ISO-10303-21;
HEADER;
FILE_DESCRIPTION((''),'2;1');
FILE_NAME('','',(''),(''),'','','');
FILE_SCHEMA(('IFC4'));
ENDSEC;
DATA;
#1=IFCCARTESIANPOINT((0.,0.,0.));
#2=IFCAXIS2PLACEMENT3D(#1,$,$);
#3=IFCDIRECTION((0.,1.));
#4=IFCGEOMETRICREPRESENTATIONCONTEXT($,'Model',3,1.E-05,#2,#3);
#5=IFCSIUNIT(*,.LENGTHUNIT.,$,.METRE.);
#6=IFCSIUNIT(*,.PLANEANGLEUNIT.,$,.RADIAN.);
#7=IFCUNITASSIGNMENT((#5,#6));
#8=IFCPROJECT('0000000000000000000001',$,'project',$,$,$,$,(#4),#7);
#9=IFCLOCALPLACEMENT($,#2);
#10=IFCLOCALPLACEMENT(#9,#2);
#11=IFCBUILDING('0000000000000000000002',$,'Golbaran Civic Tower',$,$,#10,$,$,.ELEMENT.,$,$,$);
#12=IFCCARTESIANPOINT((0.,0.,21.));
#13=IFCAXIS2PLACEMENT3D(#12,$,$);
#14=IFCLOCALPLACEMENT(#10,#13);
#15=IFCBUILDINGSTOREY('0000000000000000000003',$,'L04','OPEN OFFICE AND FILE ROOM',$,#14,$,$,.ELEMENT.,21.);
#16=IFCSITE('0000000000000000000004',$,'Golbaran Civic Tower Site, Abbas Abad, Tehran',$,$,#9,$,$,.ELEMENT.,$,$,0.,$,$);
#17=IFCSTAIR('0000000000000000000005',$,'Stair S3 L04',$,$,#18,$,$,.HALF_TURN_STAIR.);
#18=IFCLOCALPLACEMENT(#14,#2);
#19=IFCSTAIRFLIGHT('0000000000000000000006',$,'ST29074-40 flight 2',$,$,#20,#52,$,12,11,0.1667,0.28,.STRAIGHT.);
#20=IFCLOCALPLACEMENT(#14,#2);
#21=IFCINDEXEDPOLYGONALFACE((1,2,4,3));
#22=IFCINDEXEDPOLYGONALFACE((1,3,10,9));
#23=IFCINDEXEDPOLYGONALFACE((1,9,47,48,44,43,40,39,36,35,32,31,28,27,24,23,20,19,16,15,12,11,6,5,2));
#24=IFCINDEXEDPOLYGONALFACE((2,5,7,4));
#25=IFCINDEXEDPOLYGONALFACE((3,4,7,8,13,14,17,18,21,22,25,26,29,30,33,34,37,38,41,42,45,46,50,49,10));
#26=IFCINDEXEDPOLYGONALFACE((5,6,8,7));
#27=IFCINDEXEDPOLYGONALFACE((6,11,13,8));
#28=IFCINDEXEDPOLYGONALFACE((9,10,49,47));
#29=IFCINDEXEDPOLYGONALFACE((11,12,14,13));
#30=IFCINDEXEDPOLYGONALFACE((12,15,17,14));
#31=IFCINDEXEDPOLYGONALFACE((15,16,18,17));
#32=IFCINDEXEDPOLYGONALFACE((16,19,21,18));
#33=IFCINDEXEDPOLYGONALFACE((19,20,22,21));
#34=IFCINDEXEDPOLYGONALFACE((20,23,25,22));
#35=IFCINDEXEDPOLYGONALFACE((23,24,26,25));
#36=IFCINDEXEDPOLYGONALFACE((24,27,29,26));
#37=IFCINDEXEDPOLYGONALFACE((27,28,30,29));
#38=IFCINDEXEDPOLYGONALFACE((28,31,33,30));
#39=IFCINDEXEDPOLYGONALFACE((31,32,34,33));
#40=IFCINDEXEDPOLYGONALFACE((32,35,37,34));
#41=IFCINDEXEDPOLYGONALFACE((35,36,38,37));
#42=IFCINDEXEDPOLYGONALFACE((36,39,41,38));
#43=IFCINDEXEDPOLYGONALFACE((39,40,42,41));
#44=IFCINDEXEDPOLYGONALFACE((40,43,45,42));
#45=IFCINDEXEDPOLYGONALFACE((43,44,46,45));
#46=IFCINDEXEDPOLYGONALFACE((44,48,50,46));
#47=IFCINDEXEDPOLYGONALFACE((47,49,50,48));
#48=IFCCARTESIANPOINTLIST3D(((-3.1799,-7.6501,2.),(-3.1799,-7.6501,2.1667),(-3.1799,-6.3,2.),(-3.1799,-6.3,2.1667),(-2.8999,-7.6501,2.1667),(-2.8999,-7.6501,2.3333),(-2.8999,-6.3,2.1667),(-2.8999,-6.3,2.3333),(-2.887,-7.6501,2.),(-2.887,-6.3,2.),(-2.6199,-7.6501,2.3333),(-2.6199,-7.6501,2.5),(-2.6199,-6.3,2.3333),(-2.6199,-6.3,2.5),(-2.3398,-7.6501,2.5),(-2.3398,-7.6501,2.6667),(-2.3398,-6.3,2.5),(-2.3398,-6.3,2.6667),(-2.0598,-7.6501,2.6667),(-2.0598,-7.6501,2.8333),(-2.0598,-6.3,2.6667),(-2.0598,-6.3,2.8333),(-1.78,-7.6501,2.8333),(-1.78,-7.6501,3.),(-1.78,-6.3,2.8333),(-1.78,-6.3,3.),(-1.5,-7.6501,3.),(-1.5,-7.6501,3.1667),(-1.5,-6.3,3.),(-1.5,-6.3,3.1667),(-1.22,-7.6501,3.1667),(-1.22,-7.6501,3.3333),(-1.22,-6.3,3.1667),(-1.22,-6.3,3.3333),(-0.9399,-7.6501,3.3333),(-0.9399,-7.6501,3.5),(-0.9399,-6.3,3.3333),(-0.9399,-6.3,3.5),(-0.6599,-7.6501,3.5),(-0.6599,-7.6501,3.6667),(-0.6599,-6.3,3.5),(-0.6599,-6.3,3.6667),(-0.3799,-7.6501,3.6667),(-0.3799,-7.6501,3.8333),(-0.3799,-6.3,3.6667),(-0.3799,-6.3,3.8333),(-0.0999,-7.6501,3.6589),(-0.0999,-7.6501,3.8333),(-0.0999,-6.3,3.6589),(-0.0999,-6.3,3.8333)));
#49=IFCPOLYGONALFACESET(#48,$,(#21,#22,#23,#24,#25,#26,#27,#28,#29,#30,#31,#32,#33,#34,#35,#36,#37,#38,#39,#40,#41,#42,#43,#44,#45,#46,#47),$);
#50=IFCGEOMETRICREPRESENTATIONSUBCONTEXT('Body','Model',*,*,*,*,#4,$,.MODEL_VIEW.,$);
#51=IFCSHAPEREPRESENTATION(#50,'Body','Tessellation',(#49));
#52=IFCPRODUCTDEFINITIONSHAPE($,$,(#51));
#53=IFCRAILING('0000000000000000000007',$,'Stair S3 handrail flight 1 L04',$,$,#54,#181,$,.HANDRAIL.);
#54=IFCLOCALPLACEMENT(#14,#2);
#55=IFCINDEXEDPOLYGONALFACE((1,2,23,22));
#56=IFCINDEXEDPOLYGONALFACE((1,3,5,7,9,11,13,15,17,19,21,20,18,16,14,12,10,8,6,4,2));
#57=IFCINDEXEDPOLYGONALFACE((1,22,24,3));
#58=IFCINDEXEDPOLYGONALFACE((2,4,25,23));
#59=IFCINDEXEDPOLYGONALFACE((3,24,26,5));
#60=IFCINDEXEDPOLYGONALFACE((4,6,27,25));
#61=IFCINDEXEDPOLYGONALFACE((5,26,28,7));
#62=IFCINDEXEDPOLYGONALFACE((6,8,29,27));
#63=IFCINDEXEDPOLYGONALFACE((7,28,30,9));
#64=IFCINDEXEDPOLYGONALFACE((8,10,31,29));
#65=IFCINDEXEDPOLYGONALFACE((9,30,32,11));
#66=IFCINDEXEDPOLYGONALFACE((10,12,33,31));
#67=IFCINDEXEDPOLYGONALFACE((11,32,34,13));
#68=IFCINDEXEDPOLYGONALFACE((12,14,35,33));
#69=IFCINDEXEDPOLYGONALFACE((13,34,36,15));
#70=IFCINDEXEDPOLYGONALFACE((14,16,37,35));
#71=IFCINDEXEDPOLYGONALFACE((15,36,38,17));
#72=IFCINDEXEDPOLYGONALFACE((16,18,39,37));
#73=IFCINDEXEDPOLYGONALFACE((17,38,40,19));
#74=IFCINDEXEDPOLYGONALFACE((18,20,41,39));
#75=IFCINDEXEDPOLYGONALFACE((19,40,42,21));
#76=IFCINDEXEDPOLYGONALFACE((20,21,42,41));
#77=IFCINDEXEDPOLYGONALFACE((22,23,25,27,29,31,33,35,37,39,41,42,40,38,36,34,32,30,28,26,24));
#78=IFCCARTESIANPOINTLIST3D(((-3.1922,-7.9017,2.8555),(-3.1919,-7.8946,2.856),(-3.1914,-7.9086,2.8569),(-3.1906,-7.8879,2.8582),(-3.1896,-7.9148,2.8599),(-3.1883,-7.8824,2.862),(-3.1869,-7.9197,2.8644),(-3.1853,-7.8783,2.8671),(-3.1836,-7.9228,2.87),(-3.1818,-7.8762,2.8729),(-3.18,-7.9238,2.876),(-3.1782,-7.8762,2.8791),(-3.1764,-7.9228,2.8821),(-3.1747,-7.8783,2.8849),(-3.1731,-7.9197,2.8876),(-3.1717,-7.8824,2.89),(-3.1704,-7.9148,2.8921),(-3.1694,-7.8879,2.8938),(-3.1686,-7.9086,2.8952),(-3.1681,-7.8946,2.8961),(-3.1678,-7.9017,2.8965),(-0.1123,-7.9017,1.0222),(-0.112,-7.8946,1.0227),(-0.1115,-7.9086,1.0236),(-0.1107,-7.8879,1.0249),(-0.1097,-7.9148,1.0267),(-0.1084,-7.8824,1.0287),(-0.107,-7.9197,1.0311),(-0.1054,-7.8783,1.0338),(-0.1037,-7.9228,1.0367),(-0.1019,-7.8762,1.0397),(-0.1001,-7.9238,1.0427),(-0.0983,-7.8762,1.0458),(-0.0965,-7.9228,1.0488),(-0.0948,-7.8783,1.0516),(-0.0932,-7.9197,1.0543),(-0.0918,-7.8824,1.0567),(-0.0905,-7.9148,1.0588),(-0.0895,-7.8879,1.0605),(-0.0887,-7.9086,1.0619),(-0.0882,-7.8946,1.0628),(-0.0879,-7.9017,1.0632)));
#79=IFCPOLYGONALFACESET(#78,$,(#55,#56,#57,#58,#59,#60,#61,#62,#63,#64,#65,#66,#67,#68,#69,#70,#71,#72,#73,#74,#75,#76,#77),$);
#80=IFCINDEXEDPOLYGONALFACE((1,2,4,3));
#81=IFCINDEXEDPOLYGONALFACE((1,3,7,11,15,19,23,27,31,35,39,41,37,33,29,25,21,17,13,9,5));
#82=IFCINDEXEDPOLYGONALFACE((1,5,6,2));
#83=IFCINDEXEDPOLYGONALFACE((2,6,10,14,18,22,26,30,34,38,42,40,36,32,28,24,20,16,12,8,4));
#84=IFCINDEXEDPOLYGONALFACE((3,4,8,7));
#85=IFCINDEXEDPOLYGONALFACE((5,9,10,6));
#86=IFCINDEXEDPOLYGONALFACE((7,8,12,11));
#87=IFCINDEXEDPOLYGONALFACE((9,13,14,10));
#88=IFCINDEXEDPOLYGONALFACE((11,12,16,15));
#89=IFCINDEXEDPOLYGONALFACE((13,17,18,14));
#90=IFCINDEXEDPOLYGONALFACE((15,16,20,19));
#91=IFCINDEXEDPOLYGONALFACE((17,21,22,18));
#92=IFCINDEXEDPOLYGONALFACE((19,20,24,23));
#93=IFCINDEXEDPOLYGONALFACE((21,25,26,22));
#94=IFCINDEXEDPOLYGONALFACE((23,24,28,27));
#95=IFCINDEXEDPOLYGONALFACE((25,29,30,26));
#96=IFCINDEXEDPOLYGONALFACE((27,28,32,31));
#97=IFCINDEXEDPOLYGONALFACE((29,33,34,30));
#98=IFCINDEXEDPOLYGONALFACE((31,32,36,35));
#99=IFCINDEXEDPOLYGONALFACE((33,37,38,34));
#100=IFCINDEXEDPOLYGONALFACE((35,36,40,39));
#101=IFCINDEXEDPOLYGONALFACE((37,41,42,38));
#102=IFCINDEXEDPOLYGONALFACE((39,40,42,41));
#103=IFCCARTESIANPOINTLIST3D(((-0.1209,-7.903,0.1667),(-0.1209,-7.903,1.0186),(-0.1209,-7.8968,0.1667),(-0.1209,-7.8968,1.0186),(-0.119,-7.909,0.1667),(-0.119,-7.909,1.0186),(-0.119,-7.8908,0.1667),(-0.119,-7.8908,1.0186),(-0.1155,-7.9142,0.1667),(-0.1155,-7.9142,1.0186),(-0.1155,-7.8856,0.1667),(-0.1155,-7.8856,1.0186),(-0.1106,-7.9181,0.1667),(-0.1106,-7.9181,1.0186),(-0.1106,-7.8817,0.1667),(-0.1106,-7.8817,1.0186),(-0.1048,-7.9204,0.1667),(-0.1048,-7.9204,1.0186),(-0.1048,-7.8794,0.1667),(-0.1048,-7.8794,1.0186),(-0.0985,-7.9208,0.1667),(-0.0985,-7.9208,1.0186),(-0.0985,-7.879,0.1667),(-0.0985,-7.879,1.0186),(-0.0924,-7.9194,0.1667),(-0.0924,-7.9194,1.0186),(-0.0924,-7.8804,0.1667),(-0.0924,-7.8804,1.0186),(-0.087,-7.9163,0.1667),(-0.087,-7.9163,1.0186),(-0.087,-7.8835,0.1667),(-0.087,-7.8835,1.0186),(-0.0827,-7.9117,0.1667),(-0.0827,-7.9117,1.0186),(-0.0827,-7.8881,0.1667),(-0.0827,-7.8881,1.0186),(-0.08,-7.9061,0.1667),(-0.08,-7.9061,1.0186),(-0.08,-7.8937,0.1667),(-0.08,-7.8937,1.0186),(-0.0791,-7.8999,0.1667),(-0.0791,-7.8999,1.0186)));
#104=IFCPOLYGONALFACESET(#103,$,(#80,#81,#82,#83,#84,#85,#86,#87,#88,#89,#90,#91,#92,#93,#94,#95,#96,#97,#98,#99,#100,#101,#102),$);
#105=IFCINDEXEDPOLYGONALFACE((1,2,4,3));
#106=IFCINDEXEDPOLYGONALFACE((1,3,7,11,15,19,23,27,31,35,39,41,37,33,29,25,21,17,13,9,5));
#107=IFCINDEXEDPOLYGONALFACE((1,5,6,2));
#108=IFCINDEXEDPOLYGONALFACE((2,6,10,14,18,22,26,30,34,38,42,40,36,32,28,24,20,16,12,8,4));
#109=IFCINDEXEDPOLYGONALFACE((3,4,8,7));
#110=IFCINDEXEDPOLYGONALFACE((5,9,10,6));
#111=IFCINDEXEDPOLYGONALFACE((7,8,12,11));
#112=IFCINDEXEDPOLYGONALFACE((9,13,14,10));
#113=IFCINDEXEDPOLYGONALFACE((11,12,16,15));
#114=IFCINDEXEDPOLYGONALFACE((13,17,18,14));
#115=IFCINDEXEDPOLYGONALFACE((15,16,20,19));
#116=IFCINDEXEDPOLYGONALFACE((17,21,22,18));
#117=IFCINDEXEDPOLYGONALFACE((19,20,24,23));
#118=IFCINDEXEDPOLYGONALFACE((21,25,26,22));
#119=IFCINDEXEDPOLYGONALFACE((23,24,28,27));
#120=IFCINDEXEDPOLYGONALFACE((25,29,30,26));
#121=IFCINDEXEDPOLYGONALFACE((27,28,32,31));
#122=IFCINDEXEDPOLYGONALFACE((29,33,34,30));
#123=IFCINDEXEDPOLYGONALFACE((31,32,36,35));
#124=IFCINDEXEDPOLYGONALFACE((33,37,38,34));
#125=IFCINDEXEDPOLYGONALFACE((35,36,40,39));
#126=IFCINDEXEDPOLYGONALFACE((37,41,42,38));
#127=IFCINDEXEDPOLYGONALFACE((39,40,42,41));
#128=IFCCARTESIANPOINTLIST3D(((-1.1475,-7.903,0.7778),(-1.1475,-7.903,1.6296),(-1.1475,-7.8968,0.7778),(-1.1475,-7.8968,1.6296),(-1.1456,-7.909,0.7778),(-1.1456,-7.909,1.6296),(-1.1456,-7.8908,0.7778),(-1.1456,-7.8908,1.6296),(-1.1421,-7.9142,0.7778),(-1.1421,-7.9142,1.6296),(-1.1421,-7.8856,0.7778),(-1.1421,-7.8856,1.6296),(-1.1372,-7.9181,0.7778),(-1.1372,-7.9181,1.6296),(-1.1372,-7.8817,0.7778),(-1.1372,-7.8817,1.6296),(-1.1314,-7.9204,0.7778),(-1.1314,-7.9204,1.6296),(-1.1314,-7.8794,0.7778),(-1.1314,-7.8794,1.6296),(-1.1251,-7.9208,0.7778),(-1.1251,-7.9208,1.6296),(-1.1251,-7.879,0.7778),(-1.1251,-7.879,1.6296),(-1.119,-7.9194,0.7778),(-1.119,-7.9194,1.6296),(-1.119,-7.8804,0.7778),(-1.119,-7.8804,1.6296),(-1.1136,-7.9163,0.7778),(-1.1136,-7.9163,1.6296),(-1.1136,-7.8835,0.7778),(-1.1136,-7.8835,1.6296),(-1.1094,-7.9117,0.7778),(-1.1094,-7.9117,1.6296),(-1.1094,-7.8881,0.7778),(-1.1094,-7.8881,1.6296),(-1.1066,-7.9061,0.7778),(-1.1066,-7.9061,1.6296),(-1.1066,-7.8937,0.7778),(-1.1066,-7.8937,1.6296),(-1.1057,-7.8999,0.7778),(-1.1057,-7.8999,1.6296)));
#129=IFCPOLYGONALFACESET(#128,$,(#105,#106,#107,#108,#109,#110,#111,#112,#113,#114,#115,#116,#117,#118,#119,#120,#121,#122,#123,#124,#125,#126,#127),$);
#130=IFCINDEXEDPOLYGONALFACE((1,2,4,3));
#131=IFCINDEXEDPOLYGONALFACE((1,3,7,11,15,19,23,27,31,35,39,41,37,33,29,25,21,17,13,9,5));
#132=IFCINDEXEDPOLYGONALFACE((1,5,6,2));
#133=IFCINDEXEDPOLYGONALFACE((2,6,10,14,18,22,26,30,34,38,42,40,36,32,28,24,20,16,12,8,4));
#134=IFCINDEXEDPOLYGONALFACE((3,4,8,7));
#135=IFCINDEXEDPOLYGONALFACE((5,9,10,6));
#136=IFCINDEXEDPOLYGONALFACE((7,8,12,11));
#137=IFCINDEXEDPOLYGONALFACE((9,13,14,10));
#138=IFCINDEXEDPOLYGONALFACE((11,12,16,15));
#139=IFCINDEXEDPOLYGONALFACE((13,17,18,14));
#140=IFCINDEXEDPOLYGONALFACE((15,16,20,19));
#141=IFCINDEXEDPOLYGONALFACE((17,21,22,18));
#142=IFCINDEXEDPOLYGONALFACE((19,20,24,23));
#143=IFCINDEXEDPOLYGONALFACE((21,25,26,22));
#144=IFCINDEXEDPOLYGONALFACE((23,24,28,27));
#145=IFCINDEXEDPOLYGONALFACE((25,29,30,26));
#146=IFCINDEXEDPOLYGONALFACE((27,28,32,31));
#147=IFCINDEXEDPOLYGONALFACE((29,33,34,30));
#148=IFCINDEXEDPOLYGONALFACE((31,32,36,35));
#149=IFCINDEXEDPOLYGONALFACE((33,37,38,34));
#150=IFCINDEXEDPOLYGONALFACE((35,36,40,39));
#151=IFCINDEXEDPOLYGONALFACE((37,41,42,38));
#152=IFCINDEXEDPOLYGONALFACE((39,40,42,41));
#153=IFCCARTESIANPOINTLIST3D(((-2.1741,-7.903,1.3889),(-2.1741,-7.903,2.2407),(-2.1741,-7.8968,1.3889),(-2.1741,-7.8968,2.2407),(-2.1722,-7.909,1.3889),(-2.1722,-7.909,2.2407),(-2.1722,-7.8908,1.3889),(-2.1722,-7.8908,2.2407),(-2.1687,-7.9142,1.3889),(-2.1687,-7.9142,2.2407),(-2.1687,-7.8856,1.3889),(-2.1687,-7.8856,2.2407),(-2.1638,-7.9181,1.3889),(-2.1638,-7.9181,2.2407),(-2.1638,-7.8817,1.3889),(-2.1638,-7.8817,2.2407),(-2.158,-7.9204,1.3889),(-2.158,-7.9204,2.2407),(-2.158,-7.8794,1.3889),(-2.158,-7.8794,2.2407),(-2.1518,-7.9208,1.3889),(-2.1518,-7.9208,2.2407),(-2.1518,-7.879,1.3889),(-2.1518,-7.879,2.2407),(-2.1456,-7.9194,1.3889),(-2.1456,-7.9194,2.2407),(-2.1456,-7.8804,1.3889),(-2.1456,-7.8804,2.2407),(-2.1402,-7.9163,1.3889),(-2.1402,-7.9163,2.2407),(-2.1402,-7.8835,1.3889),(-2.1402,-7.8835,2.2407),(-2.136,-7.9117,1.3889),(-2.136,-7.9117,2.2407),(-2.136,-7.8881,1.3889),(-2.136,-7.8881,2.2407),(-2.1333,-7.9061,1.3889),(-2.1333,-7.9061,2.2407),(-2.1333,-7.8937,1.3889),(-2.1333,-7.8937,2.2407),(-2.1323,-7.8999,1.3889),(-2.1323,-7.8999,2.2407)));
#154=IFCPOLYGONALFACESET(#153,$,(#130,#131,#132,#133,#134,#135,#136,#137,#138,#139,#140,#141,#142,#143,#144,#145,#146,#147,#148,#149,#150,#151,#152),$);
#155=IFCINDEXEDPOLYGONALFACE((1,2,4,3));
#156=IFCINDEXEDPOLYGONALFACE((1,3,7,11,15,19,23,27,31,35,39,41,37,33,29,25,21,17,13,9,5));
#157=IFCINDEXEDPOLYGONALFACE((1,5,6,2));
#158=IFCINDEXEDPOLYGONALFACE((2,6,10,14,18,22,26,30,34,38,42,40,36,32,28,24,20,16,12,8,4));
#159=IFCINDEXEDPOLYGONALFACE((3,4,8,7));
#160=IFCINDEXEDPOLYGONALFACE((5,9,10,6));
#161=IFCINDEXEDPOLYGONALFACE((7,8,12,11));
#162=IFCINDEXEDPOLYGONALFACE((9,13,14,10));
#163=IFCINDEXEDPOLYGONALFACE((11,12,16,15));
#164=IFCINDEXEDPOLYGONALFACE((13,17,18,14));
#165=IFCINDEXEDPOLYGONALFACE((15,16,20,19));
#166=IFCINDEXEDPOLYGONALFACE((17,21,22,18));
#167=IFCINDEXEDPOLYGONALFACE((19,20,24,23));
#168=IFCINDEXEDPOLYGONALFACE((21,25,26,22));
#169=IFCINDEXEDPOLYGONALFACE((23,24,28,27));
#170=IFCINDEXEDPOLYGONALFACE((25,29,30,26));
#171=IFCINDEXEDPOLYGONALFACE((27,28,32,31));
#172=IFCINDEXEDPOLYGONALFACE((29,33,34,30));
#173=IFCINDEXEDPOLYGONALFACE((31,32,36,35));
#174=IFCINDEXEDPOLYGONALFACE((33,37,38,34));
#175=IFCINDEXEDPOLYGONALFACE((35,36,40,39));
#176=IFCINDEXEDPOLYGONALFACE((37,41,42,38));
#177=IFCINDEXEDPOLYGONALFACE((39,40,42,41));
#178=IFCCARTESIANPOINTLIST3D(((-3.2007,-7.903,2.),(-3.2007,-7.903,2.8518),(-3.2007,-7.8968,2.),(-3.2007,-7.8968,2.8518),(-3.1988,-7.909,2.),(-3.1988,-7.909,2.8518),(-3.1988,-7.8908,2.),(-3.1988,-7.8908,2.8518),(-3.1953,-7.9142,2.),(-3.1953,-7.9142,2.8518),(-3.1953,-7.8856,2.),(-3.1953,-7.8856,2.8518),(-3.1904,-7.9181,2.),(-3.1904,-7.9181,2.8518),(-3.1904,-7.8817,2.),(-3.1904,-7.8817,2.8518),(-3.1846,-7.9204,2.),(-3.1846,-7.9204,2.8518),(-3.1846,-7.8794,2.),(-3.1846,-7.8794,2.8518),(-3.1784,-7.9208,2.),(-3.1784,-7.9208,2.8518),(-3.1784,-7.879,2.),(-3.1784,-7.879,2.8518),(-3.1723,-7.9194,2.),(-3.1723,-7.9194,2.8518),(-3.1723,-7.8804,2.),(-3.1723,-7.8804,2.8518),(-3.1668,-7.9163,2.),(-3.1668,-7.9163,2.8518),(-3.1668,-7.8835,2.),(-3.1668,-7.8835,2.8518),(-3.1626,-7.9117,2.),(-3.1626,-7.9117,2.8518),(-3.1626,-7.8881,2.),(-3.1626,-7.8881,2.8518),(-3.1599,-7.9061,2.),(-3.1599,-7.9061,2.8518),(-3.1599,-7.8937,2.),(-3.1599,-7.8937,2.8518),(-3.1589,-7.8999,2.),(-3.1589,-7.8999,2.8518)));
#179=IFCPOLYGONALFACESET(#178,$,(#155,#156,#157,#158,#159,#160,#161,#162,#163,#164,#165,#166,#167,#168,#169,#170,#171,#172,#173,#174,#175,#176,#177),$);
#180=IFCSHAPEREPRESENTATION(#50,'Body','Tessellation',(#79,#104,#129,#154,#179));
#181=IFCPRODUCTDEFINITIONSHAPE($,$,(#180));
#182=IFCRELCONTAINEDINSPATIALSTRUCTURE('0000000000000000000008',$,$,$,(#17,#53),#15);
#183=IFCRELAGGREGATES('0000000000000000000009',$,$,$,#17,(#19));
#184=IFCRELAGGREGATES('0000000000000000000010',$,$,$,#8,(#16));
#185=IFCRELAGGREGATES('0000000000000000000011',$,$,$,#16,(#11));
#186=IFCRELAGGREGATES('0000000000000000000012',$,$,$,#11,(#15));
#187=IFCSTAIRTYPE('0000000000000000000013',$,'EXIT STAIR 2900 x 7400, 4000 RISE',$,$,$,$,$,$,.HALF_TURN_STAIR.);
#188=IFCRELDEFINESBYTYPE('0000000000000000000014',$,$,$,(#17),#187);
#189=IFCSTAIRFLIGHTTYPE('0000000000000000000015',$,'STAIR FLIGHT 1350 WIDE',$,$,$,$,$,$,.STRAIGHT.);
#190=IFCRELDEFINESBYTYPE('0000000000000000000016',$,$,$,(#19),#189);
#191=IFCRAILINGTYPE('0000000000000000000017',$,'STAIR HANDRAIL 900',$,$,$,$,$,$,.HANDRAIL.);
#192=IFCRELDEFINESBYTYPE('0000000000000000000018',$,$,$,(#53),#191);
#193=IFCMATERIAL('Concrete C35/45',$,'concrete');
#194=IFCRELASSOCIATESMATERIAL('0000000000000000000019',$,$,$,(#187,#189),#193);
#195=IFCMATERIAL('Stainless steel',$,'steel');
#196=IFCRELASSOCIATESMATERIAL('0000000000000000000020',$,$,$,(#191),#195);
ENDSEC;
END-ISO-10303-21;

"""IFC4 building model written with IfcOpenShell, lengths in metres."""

from ifc_helpers import new_model, si_unit, direction, frame, origin, origin_2d, place, context, subcontext, project, spatial, polyline, circle, outline, extrude, material, type_object, element, aggregate, save


model = new_model("IFC4")

# Units and contexts
model_context = context("Model", 3, precision=1e-05, world=origin(), true_north=direction((0.0, 1.0)))
body_context = subcontext(model_context, "Body", "Model", "MODEL_VIEW")
ifc_project = project(units=[si_unit("LENGTHUNIT", "METRE"), si_unit("PLANEANGLEUNIT", "RADIAN")], contexts=[model_context])

# Site, building, storey
site_placement = place(None, origin())
site = spatial("IfcSite", under=ifc_project, at=site_placement, Name="Golbaran Civic Tower Site, Abbas Abad, Tehran", CompositionType="ELEMENT", RefElevation=0.0)
building_placement = place(site_placement, origin())
building = spatial("IfcBuilding", under=site, at=building_placement, Name="Golbaran Civic Tower", CompositionType="ELEMENT")
storey_placement = place(building_placement, frame((0.0, 0.0, 21.0)))
storey = spatial("IfcBuildingStorey", under=building, at=storey_placement, Name="L04", Description="OPEN OFFICE AND FILE ROOM", CompositionType="ELEMENT", Elevation=21.0)

# Shared definitions
ifc_material_1 = material(Name="Stainless steel", Category="steel")

# Stair, stair flight
ifc_material_2 = material(Name="Concrete C35/45", Category="concrete")
stair_type = type_object("IfcStairType", Name="EXIT STAIR 2900 x 7400, 4000 RISE", PredefinedType="HALF_TURN_STAIR", material=ifc_material_2)
stair_placement = place(storey_placement, origin())
stair = element("IfcStair", 1, at=stair_placement, inside=storey, type_object=stair_type, Name="Stair S3 L04", PredefinedType="HALF_TURN_STAIR")
stair_flight_type = type_object("IfcStairFlightType", Name="STAIR FLIGHT 1350 WIDE", PredefinedType="STRAIGHT", material=ifc_material_2)
stair_flight_1_placement = place(storey_placement, frame((-3.1799, -6.9751, 2.0), z_axis=(0.0, 0.0, 1.0), x_axis=(1.0, 0.0, 0.0)))
stair_flight_1 = element("IfcStairFlight", 2, at=stair_flight_1_placement, type_object=stair_flight_type, Name="ST29074-40 flight 2", NumberOfRisers=12, NumberOfTreads=11, PredefinedType="STRAIGHT", RiserHeight=0.1667, TreadLength=0.28, context=body_context, shape_type="SweptSolid", body=[
    extrude(outline(polyline([(0.0, 0.0), (0.0, 0.1667), (0.28, 0.1667), (0.28, 0.3333), (0.5601, 0.3333), (0.5601, 0.5), (0.8401, 0.5), (0.8401, 0.6667), (1.1201, 0.6667), (1.1201, 0.8333), (1.3999, 0.8333), (1.3999, 1.0), (1.6799, 1.0), (1.6799, 1.1667), (1.96, 1.1667), (1.96, 1.3333), (2.24, 1.3333), (2.24, 1.5), (2.52, 1.5), (2.52, 1.6667), (2.8, 1.6667), (2.8, 1.8333), (3.0801, 1.8333), (3.0801, 2.0), (3.0801, 1.6589), (0.293, 0.0), (0.0, 0.0)])), frame((0.0, 0.675, 0.0), z_axis=(0.0, -1.0, 0.0), x_axis=(1.0, 0.0, 0.0)), (0.0, 0.0, 1.0), 1.3501),
])
aggregate(stair, [stair_flight_1])

# Railing
railing_type = type_object("IfcRailingType", Name="STAIR HANDRAIL 900", PredefinedType="HANDRAIL", material=ifc_material_1)
railing_1_placement = place(storey_placement, frame((-0.1001, -7.8999, 0.1667)))
element("IfcRailing", 3, at=railing_1_placement, inside=storey, type_object=railing_type, Name="Stair S3 handrail flight 1 L04", PredefinedType="HANDRAIL", context=body_context, shape_type="SweptSolid", body=[
    extrude(circle(Radius=0.0239, at=origin_2d()), frame((0.0, 0.0, 0.876), z_axis=(-0.859291, 0.0, 0.511487), x_axis=(0.0, -1.0, 0.0)), (0.0, 0.0, 1.0), 3.5842),
    extrude(circle(Radius=0.021, at=origin_2d()), origin(), (0.0, 0.0, 1.0), 0.8518),
    extrude(circle(Radius=0.021, at=origin_2d()), frame((-1.0266, 0.0, 0.6111)), (0.0, 0.0, 1.0), 0.8518),
    extrude(circle(Radius=0.021, at=origin_2d()), frame((-2.0532, 0.0, 1.2222)), (0.0, 0.0, 1.0), 0.8518),
    extrude(circle(Radius=0.021, at=origin_2d()), frame((-3.0798, 0.0, 1.8333)), (0.0, 0.0, 1.0), 0.8518),
])

save(model, "model.ifc")
